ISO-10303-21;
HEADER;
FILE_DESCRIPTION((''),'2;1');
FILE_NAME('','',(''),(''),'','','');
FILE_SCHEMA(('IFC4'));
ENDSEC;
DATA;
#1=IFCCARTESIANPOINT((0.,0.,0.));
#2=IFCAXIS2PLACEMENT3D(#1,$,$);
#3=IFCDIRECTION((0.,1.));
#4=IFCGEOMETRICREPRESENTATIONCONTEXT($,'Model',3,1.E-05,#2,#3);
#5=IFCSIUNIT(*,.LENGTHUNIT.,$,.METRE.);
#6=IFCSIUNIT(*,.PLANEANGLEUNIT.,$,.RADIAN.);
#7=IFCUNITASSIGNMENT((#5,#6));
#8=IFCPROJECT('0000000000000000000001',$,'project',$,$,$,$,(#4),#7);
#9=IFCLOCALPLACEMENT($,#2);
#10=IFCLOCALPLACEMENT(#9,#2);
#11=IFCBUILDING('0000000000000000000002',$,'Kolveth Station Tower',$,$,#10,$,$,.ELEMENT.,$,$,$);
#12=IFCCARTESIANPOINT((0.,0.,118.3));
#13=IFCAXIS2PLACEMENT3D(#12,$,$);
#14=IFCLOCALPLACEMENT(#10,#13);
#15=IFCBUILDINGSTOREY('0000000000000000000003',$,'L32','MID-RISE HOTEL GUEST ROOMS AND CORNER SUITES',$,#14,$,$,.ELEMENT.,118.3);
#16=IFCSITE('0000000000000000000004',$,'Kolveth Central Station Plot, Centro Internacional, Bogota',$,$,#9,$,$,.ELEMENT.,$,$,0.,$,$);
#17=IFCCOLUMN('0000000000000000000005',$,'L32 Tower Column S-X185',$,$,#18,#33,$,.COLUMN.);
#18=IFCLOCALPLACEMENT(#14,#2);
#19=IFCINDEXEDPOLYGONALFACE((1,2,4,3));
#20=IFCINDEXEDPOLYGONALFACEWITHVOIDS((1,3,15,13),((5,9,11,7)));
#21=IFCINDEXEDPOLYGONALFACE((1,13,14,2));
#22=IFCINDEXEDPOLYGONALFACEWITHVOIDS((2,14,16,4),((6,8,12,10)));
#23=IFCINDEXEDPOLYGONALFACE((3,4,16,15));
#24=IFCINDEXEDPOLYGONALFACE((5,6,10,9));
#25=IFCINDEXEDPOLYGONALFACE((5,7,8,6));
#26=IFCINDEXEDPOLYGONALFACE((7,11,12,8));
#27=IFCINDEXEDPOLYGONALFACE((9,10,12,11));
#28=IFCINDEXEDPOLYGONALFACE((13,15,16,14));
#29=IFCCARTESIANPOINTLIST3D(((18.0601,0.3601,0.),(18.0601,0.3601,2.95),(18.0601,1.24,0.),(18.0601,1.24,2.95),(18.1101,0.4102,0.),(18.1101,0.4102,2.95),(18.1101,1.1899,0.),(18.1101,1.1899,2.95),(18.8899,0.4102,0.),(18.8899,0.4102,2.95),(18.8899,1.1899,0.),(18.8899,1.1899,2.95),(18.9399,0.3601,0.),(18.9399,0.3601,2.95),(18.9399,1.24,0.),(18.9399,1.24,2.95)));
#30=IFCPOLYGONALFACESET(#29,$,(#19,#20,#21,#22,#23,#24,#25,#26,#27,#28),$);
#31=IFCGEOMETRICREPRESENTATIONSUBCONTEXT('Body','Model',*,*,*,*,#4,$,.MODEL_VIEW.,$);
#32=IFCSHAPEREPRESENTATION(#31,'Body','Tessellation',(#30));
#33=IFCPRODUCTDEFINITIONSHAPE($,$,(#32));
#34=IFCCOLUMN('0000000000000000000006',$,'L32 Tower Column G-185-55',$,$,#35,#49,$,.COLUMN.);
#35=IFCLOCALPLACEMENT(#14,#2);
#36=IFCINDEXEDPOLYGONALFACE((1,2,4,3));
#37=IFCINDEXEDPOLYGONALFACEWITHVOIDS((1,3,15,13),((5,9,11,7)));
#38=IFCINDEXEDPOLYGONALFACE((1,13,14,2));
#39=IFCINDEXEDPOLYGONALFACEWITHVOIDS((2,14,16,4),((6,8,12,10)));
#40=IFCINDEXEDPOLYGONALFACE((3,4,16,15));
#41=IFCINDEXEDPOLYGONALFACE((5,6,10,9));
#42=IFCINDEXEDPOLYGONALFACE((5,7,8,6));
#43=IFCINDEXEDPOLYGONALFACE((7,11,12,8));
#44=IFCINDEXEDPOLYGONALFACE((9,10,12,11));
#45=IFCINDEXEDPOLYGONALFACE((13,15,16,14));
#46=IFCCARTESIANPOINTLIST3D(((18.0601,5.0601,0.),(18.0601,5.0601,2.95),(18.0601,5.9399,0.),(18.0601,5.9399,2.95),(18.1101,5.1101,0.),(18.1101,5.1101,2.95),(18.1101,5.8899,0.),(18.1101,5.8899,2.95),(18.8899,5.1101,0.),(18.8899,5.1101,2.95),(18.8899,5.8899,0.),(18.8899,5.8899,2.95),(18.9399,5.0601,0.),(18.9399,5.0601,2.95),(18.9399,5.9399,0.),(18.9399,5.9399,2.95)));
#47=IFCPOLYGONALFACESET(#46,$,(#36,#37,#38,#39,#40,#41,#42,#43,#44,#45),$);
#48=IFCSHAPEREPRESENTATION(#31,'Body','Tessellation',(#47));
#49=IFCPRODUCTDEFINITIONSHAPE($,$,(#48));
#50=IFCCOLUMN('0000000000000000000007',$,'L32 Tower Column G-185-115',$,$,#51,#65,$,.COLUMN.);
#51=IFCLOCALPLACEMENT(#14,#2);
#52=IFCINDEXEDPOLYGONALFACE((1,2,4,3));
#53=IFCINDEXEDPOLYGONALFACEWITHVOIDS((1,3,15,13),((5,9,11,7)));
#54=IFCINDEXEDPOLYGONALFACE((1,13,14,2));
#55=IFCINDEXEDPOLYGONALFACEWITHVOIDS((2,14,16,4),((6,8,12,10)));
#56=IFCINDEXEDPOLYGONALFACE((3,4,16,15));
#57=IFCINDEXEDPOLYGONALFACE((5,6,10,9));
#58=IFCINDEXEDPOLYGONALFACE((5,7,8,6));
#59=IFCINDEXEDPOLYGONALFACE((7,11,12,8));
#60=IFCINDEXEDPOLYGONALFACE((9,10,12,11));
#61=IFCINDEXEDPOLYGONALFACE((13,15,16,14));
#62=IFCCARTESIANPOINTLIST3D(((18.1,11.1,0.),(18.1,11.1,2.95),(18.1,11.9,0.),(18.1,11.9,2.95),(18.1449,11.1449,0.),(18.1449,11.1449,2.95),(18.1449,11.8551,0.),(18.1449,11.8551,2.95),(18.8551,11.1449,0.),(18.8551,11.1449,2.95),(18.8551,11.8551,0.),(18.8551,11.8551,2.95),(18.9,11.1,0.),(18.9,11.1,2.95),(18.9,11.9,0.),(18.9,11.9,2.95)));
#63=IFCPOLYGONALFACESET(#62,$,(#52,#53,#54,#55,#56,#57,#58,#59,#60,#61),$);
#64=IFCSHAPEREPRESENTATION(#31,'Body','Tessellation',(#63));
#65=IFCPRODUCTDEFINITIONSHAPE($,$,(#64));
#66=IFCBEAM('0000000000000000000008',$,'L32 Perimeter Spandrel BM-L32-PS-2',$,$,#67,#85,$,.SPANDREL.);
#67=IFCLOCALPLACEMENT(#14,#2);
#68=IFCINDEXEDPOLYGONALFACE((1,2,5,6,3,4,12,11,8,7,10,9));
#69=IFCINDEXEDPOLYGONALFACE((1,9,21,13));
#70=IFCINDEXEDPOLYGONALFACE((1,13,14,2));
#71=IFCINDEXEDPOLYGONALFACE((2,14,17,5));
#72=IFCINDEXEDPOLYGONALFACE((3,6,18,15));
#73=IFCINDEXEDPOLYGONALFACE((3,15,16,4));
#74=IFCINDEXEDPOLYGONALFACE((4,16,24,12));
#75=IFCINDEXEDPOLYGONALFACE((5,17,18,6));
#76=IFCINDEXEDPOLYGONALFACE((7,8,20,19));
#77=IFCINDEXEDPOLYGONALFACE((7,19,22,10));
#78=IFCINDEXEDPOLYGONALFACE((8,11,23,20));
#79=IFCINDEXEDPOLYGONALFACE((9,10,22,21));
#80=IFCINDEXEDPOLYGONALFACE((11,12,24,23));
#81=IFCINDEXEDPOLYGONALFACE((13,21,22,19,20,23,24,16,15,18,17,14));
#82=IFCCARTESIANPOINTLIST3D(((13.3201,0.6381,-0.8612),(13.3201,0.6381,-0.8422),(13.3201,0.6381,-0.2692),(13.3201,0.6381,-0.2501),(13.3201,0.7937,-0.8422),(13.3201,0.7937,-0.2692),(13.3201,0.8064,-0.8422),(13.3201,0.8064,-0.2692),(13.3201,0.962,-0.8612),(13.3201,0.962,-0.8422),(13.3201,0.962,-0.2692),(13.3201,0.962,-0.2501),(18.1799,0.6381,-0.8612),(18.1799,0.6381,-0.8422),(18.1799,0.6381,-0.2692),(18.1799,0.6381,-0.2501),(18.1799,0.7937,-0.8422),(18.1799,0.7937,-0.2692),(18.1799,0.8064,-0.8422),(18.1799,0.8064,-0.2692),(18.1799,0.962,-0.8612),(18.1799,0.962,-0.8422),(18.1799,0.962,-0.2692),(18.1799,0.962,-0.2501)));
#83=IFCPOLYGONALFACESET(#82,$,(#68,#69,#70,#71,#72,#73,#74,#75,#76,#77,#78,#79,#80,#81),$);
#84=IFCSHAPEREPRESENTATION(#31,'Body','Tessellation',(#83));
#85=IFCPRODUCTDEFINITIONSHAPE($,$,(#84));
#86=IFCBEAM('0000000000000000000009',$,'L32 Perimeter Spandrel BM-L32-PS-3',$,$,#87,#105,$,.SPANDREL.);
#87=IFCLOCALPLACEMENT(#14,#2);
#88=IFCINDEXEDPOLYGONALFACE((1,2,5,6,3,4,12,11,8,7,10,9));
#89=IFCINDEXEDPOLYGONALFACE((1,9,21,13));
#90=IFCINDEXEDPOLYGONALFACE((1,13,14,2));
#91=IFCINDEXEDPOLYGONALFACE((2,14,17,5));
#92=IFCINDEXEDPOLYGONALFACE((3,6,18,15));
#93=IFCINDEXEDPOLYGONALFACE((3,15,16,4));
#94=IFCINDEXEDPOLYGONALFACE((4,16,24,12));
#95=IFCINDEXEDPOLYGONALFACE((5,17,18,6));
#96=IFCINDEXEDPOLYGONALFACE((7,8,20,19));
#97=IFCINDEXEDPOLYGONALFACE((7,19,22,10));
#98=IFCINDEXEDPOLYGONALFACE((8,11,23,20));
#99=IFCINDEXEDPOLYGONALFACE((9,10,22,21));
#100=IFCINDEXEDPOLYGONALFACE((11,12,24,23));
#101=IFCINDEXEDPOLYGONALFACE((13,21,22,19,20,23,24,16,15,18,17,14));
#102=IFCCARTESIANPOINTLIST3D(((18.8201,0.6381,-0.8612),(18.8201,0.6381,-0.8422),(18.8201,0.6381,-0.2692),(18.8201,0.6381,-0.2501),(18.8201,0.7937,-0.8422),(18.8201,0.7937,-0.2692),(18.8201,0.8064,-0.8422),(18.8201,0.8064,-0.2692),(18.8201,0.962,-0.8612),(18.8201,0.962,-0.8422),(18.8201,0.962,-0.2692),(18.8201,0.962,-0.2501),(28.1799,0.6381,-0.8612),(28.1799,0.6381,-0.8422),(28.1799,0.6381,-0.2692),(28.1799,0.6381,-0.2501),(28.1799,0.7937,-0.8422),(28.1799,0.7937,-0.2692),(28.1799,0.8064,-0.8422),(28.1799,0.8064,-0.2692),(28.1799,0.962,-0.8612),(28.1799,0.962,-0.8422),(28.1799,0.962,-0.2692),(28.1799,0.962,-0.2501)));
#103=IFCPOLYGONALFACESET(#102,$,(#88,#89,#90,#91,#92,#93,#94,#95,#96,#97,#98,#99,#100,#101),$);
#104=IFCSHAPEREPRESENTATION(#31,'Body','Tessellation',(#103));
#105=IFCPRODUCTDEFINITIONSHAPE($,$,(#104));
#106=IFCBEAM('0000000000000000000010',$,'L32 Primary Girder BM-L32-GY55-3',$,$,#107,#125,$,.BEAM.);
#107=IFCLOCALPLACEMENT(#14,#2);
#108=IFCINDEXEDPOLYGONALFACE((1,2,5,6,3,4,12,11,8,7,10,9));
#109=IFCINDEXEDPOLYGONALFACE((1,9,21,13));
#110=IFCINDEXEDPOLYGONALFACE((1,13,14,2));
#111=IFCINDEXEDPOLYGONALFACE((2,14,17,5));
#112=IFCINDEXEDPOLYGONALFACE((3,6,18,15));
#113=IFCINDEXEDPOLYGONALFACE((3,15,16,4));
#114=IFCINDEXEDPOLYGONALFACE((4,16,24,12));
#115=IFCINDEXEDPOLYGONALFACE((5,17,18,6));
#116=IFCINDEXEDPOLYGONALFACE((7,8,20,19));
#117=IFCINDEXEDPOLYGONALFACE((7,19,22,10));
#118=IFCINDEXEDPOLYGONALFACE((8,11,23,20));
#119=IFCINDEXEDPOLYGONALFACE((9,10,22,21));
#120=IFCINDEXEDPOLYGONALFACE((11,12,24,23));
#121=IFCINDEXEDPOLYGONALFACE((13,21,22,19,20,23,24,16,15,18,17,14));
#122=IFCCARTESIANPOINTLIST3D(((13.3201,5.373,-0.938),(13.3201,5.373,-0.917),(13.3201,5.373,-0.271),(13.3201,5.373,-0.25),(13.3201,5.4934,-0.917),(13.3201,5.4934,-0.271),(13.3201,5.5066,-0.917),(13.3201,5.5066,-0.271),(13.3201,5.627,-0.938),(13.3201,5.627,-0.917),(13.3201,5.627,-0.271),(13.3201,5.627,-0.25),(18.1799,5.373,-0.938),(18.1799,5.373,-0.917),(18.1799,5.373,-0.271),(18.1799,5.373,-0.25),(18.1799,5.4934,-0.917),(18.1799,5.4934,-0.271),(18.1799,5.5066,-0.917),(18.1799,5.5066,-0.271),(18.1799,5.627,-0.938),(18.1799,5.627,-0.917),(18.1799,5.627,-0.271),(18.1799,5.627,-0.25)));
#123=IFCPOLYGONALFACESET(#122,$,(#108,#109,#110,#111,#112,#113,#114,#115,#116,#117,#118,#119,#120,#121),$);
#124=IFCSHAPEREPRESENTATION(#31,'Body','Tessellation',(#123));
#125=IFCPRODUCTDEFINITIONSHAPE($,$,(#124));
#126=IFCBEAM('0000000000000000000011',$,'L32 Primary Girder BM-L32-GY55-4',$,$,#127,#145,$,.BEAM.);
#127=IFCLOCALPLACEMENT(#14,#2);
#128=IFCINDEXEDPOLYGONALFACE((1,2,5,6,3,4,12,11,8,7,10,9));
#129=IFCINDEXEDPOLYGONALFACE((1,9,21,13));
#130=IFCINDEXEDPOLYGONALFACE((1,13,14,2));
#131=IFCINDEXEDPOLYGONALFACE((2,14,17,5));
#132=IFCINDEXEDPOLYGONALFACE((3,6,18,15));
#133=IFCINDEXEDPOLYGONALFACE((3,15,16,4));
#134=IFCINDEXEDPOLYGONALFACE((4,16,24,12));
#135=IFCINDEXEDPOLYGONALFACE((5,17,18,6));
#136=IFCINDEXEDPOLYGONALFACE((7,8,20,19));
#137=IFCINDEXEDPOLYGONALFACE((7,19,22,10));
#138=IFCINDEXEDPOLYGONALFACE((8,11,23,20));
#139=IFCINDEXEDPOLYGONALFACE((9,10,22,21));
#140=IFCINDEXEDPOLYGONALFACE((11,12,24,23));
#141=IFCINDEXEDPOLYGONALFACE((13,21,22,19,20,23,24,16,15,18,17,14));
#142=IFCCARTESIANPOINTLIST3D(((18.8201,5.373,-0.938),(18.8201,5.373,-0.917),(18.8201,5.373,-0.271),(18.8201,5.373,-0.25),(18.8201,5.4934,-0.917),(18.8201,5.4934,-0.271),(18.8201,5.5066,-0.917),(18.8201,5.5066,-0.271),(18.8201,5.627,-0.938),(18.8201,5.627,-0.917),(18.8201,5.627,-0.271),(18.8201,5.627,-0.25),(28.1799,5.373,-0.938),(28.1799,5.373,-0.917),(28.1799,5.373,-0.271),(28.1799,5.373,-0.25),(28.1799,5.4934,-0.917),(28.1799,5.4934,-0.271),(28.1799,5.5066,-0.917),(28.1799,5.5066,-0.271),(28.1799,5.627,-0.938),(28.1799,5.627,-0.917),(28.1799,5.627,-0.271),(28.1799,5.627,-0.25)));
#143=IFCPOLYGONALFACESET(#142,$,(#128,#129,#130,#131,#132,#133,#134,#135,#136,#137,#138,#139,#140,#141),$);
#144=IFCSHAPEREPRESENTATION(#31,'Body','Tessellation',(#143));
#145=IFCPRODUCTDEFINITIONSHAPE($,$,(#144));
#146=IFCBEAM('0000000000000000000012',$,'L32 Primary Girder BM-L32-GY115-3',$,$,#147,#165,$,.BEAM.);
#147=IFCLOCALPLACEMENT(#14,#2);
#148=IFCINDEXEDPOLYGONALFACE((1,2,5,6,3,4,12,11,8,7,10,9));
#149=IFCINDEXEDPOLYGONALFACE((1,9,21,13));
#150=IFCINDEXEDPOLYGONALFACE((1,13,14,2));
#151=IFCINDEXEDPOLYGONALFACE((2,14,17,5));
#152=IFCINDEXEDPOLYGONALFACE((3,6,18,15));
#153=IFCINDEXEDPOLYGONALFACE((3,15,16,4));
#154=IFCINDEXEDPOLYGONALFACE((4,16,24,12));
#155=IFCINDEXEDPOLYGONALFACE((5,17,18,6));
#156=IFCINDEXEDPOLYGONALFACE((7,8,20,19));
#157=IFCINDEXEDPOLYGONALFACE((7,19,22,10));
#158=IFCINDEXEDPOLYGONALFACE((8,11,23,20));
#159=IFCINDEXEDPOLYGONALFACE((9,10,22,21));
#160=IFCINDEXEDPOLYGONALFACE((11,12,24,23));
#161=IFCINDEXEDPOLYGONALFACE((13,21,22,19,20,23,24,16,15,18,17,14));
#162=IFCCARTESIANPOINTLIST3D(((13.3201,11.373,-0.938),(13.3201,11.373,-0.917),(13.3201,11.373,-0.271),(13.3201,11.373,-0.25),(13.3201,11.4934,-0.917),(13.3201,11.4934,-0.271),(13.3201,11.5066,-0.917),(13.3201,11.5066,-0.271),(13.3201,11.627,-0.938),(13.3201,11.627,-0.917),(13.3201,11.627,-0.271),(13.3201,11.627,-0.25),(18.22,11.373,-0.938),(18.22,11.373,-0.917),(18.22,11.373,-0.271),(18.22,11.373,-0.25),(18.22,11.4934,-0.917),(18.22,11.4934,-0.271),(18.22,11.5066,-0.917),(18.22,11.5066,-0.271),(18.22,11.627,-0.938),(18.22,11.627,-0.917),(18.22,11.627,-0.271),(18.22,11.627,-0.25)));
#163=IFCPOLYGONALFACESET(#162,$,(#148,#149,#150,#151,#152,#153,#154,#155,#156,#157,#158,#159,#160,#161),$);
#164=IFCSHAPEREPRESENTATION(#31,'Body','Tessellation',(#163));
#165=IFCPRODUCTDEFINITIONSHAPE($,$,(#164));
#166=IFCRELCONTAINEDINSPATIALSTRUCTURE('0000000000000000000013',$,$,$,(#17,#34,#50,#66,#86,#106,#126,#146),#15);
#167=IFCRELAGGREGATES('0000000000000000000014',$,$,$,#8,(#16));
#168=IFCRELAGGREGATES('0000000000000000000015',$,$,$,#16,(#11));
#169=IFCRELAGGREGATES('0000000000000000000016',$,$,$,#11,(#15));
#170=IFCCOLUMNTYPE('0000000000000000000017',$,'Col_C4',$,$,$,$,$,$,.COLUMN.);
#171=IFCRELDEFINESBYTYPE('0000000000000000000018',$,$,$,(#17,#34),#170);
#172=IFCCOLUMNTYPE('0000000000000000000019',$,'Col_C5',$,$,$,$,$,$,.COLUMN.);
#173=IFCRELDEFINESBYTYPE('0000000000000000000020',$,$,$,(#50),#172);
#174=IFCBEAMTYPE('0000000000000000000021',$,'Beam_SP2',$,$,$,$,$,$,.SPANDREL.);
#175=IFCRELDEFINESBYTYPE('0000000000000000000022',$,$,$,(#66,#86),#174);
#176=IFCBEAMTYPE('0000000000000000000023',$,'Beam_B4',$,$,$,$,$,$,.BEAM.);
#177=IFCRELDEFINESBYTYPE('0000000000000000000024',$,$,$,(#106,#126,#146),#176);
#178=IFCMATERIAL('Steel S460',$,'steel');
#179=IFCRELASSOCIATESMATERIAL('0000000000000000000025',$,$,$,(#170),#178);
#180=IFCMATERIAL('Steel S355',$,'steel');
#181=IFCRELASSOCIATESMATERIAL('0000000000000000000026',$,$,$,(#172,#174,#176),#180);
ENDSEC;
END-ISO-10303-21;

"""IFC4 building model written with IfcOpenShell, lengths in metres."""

from ifc_helpers import new_model, si_unit, direction, frame, origin, origin_2d, place, context, subcontext, project, spatial, hollow_rectangle, i_section, extrude, source, transform, mapped, material, material_profile, profile_set, type_object, element, save


model = new_model("IFC4")

# Units and contexts
model_context = context("Model", 3, precision=1e-05, world=origin(), true_north=direction((0.0, 1.0)))
body_context = subcontext(model_context, "Body", "Model", "MODEL_VIEW")
ifc_project = project(units=[si_unit("LENGTHUNIT", "METRE"), si_unit("PLANEANGLEUNIT", "RADIAN")], contexts=[model_context])

# Site, building, storey
site_placement = place(None, origin())
site = spatial("IfcSite", under=ifc_project, at=site_placement, Name="Kolveth Central Station Plot, Centro Internacional, Bogota", CompositionType="ELEMENT", RefElevation=0.0)
building_placement = place(site_placement, origin())
building = spatial("IfcBuilding", under=site, at=building_placement, Name="Kolveth Station Tower", CompositionType="ELEMENT")
storey_placement = place(building_placement, frame((0.0, 0.0, 118.3)))
storey = spatial("IfcBuildingStorey", under=building, at=storey_placement, Name="L32", Description="MID-RISE HOTEL GUEST ROOMS AND CORNER SUITES", CompositionType="ELEMENT", Elevation=118.3)

# Columns
ifc_material_1 = material(Name="Steel S460", Category="steel")
ifc_material_profile_1 = material_profile(ifc_material_1, hollow_rectangle(XDim=0.8799, YDim=0.8799, WallThickness=0.05, at=origin_2d()), Name="BOX880x880x50")
ifc_profile_set_1 = profile_set([ifc_material_profile_1], Name="Steel S460")
column_type_1 = type_object("IfcColumnType", Name="Col_C4", PredefinedType="COLUMN", material=ifc_profile_set_1)
shared_shape_1 = source(origin(), body_context, "Body", "SweptSolid", [
    extrude(hollow_rectangle(XDim=0.8799, YDim=0.8799, WallThickness=0.05, at=origin_2d()), origin(), (0.0, 0.0, 1.0), 2.95),
])
for number, where, z_axis, x_axis, name in (
    (1, (18.5, 0.8, 0.0), (0.0, 0.0, 1.0), (1.0, 0.0, 0.0), "L32 Tower Column S-X185"),
    (2, (18.5, 5.5, 0.0), (0.0, 0.0, 1.0), (1.0, 0.0, 0.0), "L32 Tower Column G-185-55"),
):
    element("IfcColumn", number, at=place(storey_placement, frame(where, z_axis=z_axis, x_axis=x_axis)), inside=storey, type_object=column_type_1, Name=name, PredefinedType="COLUMN", context=body_context, shape_type="MappedRepresentation", body=[
        mapped(shared_shape_1, transform((0.0, 0.0, 0.0), x_axis=(1.0, 0.0, 0.0), y_axis=(0.0, 1.0, 0.0), z_axis=(0.0, 0.0, 1.0), scale=1.0)),
    ])
ifc_material_2 = material(Name="Steel S355", Category="steel")
ifc_material_profile_2 = material_profile(ifc_material_2, hollow_rectangle(XDim=0.8, YDim=0.8, WallThickness=0.0449, at=origin_2d()), Name="BOX800x800x45")
ifc_profile_set_2 = profile_set([ifc_material_profile_2], Name="Steel S355")
column_type_2 = type_object("IfcColumnType", Name="Col_C5", PredefinedType="COLUMN", material=ifc_profile_set_2)
shared_shape_2 = source(origin(), body_context, "Body", "SweptSolid", [
    extrude(hollow_rectangle(XDim=0.8, YDim=0.8, WallThickness=0.0449, at=origin_2d()), origin(), (0.0, 0.0, 1.0), 2.95),
])
column_placement = place(storey_placement, frame((18.5, 11.5, 0.0), z_axis=(0.0, 0.0, 1.0), x_axis=(1.0, 0.0, 0.0)))
element("IfcColumn", 3, at=column_placement, inside=storey, type_object=column_type_2, Name="L32 Tower Column G-185-115", PredefinedType="COLUMN", context=body_context, shape_type="MappedRepresentation", body=[
    mapped(shared_shape_2, transform((0.0, 0.0, 0.0), x_axis=(1.0, 0.0, 0.0), y_axis=(0.0, 1.0, 0.0), z_axis=(0.0, 0.0, 1.0), scale=1.0)),
])

# Beams
ifc_material_profile_3 = material_profile(ifc_material_2, i_section(OverallWidth=0.324, OverallDepth=0.6111, WebThickness=0.0127, FlangeThickness=0.019, at=origin_2d()), Name="W610x155")
ifc_profile_set_3 = profile_set([ifc_material_profile_3], Name="Steel S355")
beam_type_1 = type_object("IfcBeamType", Name="Beam_SP2", PredefinedType="SPANDREL", material=ifc_profile_set_3)
shared_shape_3 = source(origin(), body_context, "Body", "SweptSolid", [
    extrude(i_section(OverallWidth=0.324, OverallDepth=0.6111, WebThickness=0.0127, FlangeThickness=0.019, at=origin_2d()), origin(), (0.0, 0.0, 1.0), 4.8599),
])
beam_1_placement = place(storey_placement, frame((13.3201, 0.8, -0.5557), z_axis=(1.0, 0.0, 0.0), x_axis=(0.0, 1.0, 0.0)))
element("IfcBeam", 4, at=beam_1_placement, inside=storey, type_object=beam_type_1, Name="L32 Perimeter Spandrel BM-L32-PS-2", PredefinedType="SPANDREL", context=body_context, shape_type="MappedRepresentation", body=[
    mapped(shared_shape_3, transform((0.0, 0.0, 0.0), x_axis=(1.0, 0.0, 0.0), y_axis=(0.0, 1.0, 0.0), z_axis=(0.0, 0.0, 1.0), scale=1.0)),
])
shared_shape_4 = source(origin(), body_context, "Body", "SweptSolid", [
    extrude(i_section(OverallWidth=0.324, OverallDepth=0.6111, WebThickness=0.0127, FlangeThickness=0.019, at=origin_2d()), origin(), (0.0, 0.0, 1.0), 9.3599),
])
beam_2_placement = place(storey_placement, frame((18.8201, 0.8, -0.5557), z_axis=(1.0, 0.0, 0.0), x_axis=(0.0, 1.0, 0.0)))
element("IfcBeam", 5, at=beam_2_placement, inside=storey, type_object=beam_type_1, Name="L32 Perimeter Spandrel BM-L32-PS-3", PredefinedType="SPANDREL", context=body_context, shape_type="MappedRepresentation", body=[
    mapped(shared_shape_4, transform((0.0, 0.0, 0.0), x_axis=(1.0, 0.0, 0.0), y_axis=(0.0, 1.0, 0.0), z_axis=(0.0, 0.0, 1.0), scale=1.0)),
])
ifc_material_profile_4 = material_profile(ifc_material_2, i_section(OverallWidth=0.2539, OverallDepth=0.688, WebThickness=0.0132, FlangeThickness=0.021, at=origin_2d()), Name="W690x152")
ifc_profile_set_4 = profile_set([ifc_material_profile_4], Name="Steel S355")
beam_type_2 = type_object("IfcBeamType", Name="Beam_B4", PredefinedType="BEAM", material=ifc_profile_set_4)
shared_shape_5 = source(origin(), body_context, "Body", "SweptSolid", [
    extrude(i_section(OverallWidth=0.2539, OverallDepth=0.688, WebThickness=0.0132, FlangeThickness=0.021, at=origin_2d()), origin(), (0.0, 0.0, 1.0), 4.8599),
])
beam_3_placement = place(storey_placement, frame((13.3201, 5.5, -0.594), z_axis=(1.0, 0.0, 0.0), x_axis=(0.0, 1.0, 0.0)))
element("IfcBeam", 6, at=beam_3_placement, inside=storey, type_object=beam_type_2, Name="L32 Primary Girder BM-L32-GY55-3", PredefinedType="BEAM", context=body_context, shape_type="MappedRepresentation", body=[
    mapped(shared_shape_5, transform((0.0, 0.0, 0.0), x_axis=(1.0, 0.0, 0.0), y_axis=(0.0, 1.0, 0.0), z_axis=(0.0, 0.0, 1.0), scale=1.0)),
])
shared_shape_6 = source(origin(), body_context, "Body", "SweptSolid", [
    extrude(i_section(OverallWidth=0.2539, OverallDepth=0.688, WebThickness=0.0132, FlangeThickness=0.021, at=origin_2d()), origin(), (0.0, 0.0, 1.0), 9.3599),
])
beam_4_placement = place(storey_placement, frame((18.8201, 5.5, -0.594), z_axis=(1.0, 0.0, 0.0), x_axis=(0.0, 1.0, 0.0)))
element("IfcBeam", 7, at=beam_4_placement, inside=storey, type_object=beam_type_2, Name="L32 Primary Girder BM-L32-GY55-4", PredefinedType="BEAM", context=body_context, shape_type="MappedRepresentation", body=[
    mapped(shared_shape_6, transform((0.0, 0.0, 0.0), x_axis=(1.0, 0.0, 0.0), y_axis=(0.0, 1.0, 0.0), z_axis=(0.0, 0.0, 1.0), scale=1.0)),
])
shared_shape_7 = source(origin(), body_context, "Body", "SweptSolid", [
    extrude(i_section(OverallWidth=0.2539, OverallDepth=0.688, WebThickness=0.0132, FlangeThickness=0.021, at=origin_2d()), origin(), (0.0, 0.0, 1.0), 4.8999),
])
beam_5_placement = place(storey_placement, frame((13.3201, 11.5, -0.594), z_axis=(1.0, 0.0, 0.0), x_axis=(0.0, 1.0, 0.0)))
element("IfcBeam", 8, at=beam_5_placement, inside=storey, type_object=beam_type_2, Name="L32 Primary Girder BM-L32-GY115-3", PredefinedType="BEAM", context=body_context, shape_type="MappedRepresentation", body=[
    mapped(shared_shape_7, transform((0.0, 0.0, 0.0), x_axis=(1.0, 0.0, 0.0), y_axis=(0.0, 1.0, 0.0), z_axis=(0.0, 0.0, 1.0), scale=1.0)),
])

save(model, "model.ifc")
